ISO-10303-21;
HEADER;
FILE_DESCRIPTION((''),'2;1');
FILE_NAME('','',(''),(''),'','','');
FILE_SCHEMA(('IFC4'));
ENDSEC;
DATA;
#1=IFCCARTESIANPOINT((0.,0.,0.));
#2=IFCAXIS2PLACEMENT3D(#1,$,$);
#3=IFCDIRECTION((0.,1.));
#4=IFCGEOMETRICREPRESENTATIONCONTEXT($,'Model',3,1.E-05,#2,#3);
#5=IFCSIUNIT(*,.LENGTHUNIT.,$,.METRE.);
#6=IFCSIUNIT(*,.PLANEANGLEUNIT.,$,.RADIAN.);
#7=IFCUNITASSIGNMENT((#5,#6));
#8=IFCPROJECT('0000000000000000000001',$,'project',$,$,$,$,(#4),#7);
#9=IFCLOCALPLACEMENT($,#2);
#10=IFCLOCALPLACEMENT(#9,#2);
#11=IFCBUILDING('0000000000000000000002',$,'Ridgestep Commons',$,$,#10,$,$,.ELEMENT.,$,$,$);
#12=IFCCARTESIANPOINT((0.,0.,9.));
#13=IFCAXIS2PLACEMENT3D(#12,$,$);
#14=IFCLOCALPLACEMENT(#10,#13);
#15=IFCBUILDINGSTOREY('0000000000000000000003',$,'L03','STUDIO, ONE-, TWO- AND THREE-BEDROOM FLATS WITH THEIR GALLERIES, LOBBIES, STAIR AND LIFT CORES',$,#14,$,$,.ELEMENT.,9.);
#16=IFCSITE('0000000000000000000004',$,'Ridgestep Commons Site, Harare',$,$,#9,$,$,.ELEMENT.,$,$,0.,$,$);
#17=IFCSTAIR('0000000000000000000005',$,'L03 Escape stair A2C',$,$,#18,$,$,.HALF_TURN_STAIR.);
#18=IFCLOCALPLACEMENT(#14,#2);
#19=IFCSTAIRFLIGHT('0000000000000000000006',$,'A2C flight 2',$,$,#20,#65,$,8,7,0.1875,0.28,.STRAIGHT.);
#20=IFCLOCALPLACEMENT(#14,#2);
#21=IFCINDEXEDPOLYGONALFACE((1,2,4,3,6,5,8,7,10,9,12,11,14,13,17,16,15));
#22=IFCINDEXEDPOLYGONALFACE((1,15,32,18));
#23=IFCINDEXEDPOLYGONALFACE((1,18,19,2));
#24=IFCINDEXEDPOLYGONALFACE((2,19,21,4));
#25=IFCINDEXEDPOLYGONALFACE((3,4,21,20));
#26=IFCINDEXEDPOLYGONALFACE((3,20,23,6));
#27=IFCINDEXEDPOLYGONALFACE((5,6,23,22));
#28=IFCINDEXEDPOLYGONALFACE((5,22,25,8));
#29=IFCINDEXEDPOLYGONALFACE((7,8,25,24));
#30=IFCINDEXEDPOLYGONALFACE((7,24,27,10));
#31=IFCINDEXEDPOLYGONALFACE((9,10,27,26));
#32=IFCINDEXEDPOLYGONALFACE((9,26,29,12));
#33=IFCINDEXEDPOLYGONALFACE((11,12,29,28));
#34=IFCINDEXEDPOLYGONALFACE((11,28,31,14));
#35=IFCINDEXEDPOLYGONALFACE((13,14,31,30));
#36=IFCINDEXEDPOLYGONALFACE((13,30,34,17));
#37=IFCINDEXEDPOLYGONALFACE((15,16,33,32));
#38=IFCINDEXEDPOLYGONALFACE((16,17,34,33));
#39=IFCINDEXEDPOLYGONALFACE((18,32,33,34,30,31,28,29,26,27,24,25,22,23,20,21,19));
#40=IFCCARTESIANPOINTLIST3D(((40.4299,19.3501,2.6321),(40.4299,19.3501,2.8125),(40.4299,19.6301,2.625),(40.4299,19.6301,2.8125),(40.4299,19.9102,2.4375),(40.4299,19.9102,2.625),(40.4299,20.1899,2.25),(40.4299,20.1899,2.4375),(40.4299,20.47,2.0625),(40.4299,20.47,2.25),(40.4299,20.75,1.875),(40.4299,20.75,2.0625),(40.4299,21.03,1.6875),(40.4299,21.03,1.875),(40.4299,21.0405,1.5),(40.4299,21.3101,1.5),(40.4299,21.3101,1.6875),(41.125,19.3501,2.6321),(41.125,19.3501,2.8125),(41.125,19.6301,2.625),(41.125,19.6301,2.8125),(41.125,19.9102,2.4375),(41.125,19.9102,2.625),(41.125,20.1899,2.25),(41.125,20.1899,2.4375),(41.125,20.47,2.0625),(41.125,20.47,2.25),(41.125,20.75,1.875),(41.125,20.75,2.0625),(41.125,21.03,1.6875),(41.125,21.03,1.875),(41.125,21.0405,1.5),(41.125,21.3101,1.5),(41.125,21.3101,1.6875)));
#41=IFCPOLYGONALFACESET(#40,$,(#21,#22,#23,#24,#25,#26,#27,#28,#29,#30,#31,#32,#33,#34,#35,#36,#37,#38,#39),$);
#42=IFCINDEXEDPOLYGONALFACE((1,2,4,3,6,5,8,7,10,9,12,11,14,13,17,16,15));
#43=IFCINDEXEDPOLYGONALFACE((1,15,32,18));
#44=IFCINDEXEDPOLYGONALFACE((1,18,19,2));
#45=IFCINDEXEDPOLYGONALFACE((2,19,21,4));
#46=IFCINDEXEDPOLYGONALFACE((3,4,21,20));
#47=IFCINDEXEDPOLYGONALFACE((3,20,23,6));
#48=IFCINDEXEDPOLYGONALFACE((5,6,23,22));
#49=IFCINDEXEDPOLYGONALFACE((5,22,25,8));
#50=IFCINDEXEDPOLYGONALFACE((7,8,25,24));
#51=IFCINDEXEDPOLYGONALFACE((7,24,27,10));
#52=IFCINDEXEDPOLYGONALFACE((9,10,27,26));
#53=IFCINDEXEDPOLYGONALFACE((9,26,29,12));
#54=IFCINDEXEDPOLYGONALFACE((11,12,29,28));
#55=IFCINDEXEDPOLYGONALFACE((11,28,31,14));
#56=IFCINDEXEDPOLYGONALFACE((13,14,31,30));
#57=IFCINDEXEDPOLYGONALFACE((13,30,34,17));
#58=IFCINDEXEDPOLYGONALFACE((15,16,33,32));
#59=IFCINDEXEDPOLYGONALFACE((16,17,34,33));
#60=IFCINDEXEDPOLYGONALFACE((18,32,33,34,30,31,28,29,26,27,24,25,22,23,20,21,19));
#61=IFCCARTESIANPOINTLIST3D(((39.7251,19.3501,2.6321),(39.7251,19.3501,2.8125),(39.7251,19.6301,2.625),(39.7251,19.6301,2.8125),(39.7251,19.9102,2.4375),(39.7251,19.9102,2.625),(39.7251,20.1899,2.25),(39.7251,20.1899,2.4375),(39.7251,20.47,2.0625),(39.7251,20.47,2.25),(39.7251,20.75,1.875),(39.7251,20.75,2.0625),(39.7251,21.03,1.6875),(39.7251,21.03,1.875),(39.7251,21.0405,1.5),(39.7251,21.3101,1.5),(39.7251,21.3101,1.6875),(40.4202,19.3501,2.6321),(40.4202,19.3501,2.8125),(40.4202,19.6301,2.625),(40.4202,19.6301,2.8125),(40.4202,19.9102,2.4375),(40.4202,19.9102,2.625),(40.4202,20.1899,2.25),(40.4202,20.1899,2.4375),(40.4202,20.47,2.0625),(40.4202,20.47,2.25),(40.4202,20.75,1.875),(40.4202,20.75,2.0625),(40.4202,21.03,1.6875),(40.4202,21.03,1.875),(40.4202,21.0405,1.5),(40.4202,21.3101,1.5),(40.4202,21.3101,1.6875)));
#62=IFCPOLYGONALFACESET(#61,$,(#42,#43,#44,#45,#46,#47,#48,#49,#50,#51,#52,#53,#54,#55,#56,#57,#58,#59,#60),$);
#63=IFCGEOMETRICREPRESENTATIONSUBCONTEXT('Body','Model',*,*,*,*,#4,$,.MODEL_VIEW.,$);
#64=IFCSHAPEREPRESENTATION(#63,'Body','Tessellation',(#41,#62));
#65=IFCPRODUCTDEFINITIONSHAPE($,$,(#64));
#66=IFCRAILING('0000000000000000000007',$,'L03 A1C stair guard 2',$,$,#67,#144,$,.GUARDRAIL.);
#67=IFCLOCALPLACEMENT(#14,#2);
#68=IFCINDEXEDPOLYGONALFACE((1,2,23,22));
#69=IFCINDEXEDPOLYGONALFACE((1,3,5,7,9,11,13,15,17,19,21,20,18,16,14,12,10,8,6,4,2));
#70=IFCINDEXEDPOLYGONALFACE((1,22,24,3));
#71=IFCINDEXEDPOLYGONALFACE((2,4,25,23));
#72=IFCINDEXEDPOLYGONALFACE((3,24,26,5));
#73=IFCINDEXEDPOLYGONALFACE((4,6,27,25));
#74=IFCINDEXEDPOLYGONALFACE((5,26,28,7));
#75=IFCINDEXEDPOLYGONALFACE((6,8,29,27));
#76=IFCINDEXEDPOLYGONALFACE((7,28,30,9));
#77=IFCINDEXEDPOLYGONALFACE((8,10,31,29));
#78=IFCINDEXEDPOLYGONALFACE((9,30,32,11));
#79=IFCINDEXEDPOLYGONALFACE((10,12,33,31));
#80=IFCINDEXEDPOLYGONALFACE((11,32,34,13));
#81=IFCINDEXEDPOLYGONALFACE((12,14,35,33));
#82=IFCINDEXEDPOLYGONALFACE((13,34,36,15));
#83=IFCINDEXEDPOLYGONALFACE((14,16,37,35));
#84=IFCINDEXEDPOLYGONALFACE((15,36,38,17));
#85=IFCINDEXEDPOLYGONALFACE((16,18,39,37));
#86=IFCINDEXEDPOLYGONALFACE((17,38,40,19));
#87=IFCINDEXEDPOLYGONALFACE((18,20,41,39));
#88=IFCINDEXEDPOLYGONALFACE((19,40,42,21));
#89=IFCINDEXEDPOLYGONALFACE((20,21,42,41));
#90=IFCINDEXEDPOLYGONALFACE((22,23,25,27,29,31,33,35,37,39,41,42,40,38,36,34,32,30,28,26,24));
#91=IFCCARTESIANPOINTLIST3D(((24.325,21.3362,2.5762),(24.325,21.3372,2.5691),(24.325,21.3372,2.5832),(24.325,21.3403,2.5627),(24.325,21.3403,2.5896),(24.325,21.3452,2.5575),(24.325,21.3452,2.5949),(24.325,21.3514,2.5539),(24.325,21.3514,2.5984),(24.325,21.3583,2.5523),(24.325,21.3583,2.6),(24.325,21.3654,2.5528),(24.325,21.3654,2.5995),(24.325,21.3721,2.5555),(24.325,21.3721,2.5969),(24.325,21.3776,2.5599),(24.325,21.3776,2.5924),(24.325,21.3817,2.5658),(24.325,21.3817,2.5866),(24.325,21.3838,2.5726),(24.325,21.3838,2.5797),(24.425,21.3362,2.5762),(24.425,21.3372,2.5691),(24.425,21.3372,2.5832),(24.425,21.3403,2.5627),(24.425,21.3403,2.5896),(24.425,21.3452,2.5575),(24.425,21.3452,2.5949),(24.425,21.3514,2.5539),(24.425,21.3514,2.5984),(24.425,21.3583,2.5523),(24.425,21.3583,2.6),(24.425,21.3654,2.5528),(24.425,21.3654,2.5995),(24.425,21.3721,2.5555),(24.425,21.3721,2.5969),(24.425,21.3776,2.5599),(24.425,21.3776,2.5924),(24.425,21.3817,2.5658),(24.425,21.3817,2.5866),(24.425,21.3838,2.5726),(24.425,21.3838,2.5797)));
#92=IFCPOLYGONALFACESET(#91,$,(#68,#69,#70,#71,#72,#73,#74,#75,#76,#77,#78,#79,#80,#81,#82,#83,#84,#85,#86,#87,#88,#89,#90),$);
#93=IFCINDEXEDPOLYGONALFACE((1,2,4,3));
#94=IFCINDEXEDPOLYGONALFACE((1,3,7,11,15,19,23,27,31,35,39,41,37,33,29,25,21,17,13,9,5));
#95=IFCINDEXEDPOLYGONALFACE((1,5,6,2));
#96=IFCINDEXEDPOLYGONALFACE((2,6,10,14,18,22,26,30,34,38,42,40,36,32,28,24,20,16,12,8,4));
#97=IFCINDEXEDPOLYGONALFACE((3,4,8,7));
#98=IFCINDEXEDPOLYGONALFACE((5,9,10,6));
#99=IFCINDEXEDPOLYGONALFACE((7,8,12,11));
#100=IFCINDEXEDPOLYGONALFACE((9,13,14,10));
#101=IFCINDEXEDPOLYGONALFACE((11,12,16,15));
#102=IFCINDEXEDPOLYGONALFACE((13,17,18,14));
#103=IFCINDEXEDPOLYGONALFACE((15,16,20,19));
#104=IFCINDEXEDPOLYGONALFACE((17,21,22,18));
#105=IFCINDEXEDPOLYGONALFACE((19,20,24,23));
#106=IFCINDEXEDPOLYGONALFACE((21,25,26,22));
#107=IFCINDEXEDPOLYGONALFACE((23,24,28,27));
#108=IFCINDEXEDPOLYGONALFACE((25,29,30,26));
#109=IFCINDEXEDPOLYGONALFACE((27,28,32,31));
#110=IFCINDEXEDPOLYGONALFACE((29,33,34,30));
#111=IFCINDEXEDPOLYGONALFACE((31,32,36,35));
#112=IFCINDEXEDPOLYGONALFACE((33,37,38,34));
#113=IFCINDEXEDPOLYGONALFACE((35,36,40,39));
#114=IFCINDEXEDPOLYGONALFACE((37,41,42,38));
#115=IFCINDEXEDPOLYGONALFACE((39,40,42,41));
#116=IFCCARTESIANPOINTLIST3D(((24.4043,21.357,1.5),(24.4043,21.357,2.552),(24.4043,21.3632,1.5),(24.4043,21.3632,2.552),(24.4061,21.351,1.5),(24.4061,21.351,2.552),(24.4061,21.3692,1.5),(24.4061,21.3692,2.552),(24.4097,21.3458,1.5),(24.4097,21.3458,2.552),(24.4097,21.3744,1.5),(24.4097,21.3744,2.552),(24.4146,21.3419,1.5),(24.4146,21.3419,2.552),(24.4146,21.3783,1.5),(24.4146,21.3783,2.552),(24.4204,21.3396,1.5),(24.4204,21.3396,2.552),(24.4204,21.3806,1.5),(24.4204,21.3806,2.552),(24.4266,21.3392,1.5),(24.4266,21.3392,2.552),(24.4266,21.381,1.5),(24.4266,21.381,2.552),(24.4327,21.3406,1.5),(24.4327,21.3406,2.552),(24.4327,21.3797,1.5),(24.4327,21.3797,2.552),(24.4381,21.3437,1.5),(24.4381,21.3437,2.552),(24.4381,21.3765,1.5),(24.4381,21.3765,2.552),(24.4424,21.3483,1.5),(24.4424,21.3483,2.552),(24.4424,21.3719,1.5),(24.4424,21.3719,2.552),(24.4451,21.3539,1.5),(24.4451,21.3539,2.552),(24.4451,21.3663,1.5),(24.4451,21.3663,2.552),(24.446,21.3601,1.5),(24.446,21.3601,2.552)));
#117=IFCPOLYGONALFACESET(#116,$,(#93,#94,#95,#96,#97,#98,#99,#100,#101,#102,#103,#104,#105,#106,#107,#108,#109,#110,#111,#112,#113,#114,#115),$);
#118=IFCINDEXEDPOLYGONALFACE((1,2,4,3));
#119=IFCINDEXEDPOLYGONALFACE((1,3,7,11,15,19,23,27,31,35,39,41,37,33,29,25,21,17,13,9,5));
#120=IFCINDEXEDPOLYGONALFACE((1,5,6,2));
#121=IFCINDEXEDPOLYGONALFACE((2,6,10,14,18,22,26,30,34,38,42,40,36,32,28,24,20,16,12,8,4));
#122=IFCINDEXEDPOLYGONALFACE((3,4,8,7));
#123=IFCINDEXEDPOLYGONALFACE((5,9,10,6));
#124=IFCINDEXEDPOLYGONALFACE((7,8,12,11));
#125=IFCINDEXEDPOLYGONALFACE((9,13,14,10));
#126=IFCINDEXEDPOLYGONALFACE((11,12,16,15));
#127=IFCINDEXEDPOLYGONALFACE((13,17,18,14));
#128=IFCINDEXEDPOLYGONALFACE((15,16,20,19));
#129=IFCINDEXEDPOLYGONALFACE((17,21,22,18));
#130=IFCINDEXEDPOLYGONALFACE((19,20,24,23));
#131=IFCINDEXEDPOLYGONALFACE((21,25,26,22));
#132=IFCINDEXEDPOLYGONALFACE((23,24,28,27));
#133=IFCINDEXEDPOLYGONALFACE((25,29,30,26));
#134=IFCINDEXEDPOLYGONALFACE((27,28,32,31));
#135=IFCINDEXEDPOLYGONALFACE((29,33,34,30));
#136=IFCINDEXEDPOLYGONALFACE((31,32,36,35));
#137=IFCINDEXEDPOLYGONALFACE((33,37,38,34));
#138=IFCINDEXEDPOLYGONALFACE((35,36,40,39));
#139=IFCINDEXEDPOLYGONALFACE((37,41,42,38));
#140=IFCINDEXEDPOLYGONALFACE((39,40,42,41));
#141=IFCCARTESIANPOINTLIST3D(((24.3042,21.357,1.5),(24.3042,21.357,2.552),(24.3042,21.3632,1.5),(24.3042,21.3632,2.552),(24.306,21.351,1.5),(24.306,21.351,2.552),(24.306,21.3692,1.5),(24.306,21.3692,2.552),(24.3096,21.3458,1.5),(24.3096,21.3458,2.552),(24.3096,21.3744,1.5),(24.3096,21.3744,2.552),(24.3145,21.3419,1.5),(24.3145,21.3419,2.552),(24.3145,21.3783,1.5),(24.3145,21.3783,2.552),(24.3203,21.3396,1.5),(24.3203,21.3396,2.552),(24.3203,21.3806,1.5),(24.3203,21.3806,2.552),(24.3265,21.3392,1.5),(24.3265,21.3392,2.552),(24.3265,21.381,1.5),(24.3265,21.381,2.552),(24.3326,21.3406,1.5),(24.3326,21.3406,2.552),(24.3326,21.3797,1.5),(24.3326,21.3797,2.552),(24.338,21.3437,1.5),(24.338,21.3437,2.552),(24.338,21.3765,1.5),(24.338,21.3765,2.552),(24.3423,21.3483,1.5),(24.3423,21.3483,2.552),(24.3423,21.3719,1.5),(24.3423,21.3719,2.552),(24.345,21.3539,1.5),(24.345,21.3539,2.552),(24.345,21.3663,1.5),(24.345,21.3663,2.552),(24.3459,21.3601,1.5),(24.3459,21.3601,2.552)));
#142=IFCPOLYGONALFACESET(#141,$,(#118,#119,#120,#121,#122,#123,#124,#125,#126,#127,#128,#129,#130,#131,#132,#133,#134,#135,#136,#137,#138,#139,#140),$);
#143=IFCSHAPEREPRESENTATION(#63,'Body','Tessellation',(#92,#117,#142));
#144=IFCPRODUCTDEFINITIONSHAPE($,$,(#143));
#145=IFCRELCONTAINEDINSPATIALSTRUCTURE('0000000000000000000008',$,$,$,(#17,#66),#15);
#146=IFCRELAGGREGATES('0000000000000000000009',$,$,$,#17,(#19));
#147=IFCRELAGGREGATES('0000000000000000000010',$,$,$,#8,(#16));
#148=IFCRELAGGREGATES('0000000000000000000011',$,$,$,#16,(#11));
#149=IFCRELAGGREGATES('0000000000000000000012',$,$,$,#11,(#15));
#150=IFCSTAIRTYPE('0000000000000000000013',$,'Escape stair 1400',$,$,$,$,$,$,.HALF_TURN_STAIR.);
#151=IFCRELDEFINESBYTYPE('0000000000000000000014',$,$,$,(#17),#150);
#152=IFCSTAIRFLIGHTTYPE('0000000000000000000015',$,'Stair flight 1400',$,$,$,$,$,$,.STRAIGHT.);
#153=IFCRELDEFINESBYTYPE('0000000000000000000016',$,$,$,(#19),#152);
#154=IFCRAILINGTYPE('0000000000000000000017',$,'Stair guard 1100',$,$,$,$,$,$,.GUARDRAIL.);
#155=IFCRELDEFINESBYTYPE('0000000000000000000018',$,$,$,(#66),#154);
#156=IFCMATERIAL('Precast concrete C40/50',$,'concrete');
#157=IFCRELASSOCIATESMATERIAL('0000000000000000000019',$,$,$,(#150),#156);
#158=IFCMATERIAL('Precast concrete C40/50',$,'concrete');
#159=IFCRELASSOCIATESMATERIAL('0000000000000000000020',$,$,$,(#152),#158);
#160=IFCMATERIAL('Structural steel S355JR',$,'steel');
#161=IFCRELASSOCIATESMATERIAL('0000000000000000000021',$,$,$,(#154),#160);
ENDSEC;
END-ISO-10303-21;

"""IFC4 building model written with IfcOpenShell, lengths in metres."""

from ifc_helpers import new_model, si_unit, direction, frame, origin, origin_2d, place, context, subcontext, project, spatial, polyline, circle, outline, extrude, material, type_object, element, aggregate, save


model = new_model("IFC4")

# Units and contexts
model_context = context("Model", 3, precision=1e-05, world=origin(), true_north=direction((0.0, 1.0)))
body_context = subcontext(model_context, "Body", "Model", "MODEL_VIEW")
ifc_project = project(units=[si_unit("LENGTHUNIT", "METRE"), si_unit("PLANEANGLEUNIT", "RADIAN")], contexts=[model_context])

# Site, building, storey
site_placement = place(None, origin())
site = spatial("IfcSite", under=ifc_project, at=site_placement, Name="Ridgestep Commons Site, Harare", CompositionType="ELEMENT", RefElevation=0.0)
building_placement = place(site_placement, origin())
building = spatial("IfcBuilding", under=site, at=building_placement, Name="Ridgestep Commons", CompositionType="ELEMENT")
storey_placement = place(building_placement, frame((0.0, 0.0, 9.0)))
storey = spatial("IfcBuildingStorey", under=building, at=storey_placement, Name="L03", Description="STUDIO, ONE-, TWO- AND THREE-BEDROOM FLATS WITH THEIR GALLERIES, LOBBIES, STAIR AND LIFT CORES", CompositionType="ELEMENT", Elevation=9.0)

# Stair, stair flight
ifc_material_1 = material(Name="Precast concrete C40/50", Category="concrete")
stair_type = type_object("IfcStairType", Name="Escape stair 1400", PredefinedType="HALF_TURN_STAIR", material=ifc_material_1)
ifc_material_2 = material(Name="Precast concrete C40/50", Category="concrete")
stair_flight_type = type_object("IfcStairFlightType", Name="Stair flight 1400", PredefinedType="STRAIGHT", material=ifc_material_2)
stair_1_placement = place(storey_placement, origin())
stair_1 = element("IfcStair", 1, at=stair_1_placement, inside=storey, type_object=stair_type, Name="L03 Escape stair A2C", PredefinedType="HALF_TURN_STAIR")
stair_flight_1_placement = place(storey_placement, frame((40.425, 21.3101, 1.5), z_axis=(0.0, 0.0, 1.0), x_axis=(0.0, -1.0, 0.0)))
stair_flight_1 = element("IfcStairFlight", 2, at=stair_flight_1_placement, type_object=stair_flight_type, Name="A2C flight 2", NumberOfRisers=8, NumberOfTreads=7, PredefinedType="STRAIGHT", RiserHeight=0.1875, TreadLength=0.28, context=body_context, shape_type="SweptSolid", body=[
    extrude(outline(polyline([(0.0, 0.0), (0.0, 0.1875), (0.28, 0.1875), (0.28, 0.375), (0.5601, 0.375), (0.5601, 0.5625), (0.8401, 0.5625), (0.8401, 0.75), (1.1201, 0.75), (1.1201, 0.9375), (1.3999, 0.9375), (1.3999, 1.125), (1.6799, 1.125), (1.6799, 1.3125), (1.96, 1.3125), (1.96, 1.5), (1.96, 1.1321), (0.2695, 0.0), (0.0, 0.0)])), frame((0.0, 0.7, 0.0), z_axis=(0.0, -1.0, 0.0), x_axis=(1.0, 0.0, 0.0)), (0.0, 0.0, 1.0), 0.6951),
    extrude(outline(polyline([(0.0, 0.0), (0.0, 0.1875), (0.28, 0.1875), (0.28, 0.375), (0.5601, 0.375), (0.5601, 0.5625), (0.8401, 0.5625), (0.8401, 0.75), (1.1201, 0.75), (1.1201, 0.9375), (1.3999, 0.9375), (1.3999, 1.125), (1.6799, 1.125), (1.6799, 1.3125), (1.96, 1.3125), (1.96, 1.5), (1.96, 1.1321), (0.2695, 0.0), (0.0, 0.0)])), frame((0.0, -0.0049, 0.0), z_axis=(0.0, -1.0, 0.0), x_axis=(1.0, 0.0, 0.0)), (0.0, 0.0, 1.0), 0.6951),
])
aggregate(stair_1, [stair_flight_1])

# Railing
ifc_material_3 = material(Name="Structural steel S355JR", Category="steel")
railing_type_1 = type_object("IfcRailingType", Name="Stair guard 1100", PredefinedType="GUARDRAIL", material=ifc_material_3)
railing_1_placement = place(storey_placement, frame((24.425, 21.3601, 1.5)))
element("IfcRailing", 3, at=railing_1_placement, inside=storey, type_object=railing_type_1, Name="L03 A1C stair guard 2", PredefinedType="GUARDRAIL", context=body_context, shape_type="SweptSolid", body=[
    extrude(circle(Radius=0.0239, at=origin_2d()), frame((0.0, 0.0, 1.0762), z_axis=(-1.0, 0.0, 0.0), x_axis=(0.0, -1.0, 0.0)), (0.0, 0.0, 1.0), 0.1001),
    extrude(circle(Radius=0.021, at=origin_2d()), origin(), (0.0, 0.0, 1.0), 1.052),
    extrude(circle(Radius=0.021, at=origin_2d()), frame((-0.1001, 0.0, 0.0)), (0.0, 0.0, 1.0), 1.052),
])

save(model, "model.ifc")
